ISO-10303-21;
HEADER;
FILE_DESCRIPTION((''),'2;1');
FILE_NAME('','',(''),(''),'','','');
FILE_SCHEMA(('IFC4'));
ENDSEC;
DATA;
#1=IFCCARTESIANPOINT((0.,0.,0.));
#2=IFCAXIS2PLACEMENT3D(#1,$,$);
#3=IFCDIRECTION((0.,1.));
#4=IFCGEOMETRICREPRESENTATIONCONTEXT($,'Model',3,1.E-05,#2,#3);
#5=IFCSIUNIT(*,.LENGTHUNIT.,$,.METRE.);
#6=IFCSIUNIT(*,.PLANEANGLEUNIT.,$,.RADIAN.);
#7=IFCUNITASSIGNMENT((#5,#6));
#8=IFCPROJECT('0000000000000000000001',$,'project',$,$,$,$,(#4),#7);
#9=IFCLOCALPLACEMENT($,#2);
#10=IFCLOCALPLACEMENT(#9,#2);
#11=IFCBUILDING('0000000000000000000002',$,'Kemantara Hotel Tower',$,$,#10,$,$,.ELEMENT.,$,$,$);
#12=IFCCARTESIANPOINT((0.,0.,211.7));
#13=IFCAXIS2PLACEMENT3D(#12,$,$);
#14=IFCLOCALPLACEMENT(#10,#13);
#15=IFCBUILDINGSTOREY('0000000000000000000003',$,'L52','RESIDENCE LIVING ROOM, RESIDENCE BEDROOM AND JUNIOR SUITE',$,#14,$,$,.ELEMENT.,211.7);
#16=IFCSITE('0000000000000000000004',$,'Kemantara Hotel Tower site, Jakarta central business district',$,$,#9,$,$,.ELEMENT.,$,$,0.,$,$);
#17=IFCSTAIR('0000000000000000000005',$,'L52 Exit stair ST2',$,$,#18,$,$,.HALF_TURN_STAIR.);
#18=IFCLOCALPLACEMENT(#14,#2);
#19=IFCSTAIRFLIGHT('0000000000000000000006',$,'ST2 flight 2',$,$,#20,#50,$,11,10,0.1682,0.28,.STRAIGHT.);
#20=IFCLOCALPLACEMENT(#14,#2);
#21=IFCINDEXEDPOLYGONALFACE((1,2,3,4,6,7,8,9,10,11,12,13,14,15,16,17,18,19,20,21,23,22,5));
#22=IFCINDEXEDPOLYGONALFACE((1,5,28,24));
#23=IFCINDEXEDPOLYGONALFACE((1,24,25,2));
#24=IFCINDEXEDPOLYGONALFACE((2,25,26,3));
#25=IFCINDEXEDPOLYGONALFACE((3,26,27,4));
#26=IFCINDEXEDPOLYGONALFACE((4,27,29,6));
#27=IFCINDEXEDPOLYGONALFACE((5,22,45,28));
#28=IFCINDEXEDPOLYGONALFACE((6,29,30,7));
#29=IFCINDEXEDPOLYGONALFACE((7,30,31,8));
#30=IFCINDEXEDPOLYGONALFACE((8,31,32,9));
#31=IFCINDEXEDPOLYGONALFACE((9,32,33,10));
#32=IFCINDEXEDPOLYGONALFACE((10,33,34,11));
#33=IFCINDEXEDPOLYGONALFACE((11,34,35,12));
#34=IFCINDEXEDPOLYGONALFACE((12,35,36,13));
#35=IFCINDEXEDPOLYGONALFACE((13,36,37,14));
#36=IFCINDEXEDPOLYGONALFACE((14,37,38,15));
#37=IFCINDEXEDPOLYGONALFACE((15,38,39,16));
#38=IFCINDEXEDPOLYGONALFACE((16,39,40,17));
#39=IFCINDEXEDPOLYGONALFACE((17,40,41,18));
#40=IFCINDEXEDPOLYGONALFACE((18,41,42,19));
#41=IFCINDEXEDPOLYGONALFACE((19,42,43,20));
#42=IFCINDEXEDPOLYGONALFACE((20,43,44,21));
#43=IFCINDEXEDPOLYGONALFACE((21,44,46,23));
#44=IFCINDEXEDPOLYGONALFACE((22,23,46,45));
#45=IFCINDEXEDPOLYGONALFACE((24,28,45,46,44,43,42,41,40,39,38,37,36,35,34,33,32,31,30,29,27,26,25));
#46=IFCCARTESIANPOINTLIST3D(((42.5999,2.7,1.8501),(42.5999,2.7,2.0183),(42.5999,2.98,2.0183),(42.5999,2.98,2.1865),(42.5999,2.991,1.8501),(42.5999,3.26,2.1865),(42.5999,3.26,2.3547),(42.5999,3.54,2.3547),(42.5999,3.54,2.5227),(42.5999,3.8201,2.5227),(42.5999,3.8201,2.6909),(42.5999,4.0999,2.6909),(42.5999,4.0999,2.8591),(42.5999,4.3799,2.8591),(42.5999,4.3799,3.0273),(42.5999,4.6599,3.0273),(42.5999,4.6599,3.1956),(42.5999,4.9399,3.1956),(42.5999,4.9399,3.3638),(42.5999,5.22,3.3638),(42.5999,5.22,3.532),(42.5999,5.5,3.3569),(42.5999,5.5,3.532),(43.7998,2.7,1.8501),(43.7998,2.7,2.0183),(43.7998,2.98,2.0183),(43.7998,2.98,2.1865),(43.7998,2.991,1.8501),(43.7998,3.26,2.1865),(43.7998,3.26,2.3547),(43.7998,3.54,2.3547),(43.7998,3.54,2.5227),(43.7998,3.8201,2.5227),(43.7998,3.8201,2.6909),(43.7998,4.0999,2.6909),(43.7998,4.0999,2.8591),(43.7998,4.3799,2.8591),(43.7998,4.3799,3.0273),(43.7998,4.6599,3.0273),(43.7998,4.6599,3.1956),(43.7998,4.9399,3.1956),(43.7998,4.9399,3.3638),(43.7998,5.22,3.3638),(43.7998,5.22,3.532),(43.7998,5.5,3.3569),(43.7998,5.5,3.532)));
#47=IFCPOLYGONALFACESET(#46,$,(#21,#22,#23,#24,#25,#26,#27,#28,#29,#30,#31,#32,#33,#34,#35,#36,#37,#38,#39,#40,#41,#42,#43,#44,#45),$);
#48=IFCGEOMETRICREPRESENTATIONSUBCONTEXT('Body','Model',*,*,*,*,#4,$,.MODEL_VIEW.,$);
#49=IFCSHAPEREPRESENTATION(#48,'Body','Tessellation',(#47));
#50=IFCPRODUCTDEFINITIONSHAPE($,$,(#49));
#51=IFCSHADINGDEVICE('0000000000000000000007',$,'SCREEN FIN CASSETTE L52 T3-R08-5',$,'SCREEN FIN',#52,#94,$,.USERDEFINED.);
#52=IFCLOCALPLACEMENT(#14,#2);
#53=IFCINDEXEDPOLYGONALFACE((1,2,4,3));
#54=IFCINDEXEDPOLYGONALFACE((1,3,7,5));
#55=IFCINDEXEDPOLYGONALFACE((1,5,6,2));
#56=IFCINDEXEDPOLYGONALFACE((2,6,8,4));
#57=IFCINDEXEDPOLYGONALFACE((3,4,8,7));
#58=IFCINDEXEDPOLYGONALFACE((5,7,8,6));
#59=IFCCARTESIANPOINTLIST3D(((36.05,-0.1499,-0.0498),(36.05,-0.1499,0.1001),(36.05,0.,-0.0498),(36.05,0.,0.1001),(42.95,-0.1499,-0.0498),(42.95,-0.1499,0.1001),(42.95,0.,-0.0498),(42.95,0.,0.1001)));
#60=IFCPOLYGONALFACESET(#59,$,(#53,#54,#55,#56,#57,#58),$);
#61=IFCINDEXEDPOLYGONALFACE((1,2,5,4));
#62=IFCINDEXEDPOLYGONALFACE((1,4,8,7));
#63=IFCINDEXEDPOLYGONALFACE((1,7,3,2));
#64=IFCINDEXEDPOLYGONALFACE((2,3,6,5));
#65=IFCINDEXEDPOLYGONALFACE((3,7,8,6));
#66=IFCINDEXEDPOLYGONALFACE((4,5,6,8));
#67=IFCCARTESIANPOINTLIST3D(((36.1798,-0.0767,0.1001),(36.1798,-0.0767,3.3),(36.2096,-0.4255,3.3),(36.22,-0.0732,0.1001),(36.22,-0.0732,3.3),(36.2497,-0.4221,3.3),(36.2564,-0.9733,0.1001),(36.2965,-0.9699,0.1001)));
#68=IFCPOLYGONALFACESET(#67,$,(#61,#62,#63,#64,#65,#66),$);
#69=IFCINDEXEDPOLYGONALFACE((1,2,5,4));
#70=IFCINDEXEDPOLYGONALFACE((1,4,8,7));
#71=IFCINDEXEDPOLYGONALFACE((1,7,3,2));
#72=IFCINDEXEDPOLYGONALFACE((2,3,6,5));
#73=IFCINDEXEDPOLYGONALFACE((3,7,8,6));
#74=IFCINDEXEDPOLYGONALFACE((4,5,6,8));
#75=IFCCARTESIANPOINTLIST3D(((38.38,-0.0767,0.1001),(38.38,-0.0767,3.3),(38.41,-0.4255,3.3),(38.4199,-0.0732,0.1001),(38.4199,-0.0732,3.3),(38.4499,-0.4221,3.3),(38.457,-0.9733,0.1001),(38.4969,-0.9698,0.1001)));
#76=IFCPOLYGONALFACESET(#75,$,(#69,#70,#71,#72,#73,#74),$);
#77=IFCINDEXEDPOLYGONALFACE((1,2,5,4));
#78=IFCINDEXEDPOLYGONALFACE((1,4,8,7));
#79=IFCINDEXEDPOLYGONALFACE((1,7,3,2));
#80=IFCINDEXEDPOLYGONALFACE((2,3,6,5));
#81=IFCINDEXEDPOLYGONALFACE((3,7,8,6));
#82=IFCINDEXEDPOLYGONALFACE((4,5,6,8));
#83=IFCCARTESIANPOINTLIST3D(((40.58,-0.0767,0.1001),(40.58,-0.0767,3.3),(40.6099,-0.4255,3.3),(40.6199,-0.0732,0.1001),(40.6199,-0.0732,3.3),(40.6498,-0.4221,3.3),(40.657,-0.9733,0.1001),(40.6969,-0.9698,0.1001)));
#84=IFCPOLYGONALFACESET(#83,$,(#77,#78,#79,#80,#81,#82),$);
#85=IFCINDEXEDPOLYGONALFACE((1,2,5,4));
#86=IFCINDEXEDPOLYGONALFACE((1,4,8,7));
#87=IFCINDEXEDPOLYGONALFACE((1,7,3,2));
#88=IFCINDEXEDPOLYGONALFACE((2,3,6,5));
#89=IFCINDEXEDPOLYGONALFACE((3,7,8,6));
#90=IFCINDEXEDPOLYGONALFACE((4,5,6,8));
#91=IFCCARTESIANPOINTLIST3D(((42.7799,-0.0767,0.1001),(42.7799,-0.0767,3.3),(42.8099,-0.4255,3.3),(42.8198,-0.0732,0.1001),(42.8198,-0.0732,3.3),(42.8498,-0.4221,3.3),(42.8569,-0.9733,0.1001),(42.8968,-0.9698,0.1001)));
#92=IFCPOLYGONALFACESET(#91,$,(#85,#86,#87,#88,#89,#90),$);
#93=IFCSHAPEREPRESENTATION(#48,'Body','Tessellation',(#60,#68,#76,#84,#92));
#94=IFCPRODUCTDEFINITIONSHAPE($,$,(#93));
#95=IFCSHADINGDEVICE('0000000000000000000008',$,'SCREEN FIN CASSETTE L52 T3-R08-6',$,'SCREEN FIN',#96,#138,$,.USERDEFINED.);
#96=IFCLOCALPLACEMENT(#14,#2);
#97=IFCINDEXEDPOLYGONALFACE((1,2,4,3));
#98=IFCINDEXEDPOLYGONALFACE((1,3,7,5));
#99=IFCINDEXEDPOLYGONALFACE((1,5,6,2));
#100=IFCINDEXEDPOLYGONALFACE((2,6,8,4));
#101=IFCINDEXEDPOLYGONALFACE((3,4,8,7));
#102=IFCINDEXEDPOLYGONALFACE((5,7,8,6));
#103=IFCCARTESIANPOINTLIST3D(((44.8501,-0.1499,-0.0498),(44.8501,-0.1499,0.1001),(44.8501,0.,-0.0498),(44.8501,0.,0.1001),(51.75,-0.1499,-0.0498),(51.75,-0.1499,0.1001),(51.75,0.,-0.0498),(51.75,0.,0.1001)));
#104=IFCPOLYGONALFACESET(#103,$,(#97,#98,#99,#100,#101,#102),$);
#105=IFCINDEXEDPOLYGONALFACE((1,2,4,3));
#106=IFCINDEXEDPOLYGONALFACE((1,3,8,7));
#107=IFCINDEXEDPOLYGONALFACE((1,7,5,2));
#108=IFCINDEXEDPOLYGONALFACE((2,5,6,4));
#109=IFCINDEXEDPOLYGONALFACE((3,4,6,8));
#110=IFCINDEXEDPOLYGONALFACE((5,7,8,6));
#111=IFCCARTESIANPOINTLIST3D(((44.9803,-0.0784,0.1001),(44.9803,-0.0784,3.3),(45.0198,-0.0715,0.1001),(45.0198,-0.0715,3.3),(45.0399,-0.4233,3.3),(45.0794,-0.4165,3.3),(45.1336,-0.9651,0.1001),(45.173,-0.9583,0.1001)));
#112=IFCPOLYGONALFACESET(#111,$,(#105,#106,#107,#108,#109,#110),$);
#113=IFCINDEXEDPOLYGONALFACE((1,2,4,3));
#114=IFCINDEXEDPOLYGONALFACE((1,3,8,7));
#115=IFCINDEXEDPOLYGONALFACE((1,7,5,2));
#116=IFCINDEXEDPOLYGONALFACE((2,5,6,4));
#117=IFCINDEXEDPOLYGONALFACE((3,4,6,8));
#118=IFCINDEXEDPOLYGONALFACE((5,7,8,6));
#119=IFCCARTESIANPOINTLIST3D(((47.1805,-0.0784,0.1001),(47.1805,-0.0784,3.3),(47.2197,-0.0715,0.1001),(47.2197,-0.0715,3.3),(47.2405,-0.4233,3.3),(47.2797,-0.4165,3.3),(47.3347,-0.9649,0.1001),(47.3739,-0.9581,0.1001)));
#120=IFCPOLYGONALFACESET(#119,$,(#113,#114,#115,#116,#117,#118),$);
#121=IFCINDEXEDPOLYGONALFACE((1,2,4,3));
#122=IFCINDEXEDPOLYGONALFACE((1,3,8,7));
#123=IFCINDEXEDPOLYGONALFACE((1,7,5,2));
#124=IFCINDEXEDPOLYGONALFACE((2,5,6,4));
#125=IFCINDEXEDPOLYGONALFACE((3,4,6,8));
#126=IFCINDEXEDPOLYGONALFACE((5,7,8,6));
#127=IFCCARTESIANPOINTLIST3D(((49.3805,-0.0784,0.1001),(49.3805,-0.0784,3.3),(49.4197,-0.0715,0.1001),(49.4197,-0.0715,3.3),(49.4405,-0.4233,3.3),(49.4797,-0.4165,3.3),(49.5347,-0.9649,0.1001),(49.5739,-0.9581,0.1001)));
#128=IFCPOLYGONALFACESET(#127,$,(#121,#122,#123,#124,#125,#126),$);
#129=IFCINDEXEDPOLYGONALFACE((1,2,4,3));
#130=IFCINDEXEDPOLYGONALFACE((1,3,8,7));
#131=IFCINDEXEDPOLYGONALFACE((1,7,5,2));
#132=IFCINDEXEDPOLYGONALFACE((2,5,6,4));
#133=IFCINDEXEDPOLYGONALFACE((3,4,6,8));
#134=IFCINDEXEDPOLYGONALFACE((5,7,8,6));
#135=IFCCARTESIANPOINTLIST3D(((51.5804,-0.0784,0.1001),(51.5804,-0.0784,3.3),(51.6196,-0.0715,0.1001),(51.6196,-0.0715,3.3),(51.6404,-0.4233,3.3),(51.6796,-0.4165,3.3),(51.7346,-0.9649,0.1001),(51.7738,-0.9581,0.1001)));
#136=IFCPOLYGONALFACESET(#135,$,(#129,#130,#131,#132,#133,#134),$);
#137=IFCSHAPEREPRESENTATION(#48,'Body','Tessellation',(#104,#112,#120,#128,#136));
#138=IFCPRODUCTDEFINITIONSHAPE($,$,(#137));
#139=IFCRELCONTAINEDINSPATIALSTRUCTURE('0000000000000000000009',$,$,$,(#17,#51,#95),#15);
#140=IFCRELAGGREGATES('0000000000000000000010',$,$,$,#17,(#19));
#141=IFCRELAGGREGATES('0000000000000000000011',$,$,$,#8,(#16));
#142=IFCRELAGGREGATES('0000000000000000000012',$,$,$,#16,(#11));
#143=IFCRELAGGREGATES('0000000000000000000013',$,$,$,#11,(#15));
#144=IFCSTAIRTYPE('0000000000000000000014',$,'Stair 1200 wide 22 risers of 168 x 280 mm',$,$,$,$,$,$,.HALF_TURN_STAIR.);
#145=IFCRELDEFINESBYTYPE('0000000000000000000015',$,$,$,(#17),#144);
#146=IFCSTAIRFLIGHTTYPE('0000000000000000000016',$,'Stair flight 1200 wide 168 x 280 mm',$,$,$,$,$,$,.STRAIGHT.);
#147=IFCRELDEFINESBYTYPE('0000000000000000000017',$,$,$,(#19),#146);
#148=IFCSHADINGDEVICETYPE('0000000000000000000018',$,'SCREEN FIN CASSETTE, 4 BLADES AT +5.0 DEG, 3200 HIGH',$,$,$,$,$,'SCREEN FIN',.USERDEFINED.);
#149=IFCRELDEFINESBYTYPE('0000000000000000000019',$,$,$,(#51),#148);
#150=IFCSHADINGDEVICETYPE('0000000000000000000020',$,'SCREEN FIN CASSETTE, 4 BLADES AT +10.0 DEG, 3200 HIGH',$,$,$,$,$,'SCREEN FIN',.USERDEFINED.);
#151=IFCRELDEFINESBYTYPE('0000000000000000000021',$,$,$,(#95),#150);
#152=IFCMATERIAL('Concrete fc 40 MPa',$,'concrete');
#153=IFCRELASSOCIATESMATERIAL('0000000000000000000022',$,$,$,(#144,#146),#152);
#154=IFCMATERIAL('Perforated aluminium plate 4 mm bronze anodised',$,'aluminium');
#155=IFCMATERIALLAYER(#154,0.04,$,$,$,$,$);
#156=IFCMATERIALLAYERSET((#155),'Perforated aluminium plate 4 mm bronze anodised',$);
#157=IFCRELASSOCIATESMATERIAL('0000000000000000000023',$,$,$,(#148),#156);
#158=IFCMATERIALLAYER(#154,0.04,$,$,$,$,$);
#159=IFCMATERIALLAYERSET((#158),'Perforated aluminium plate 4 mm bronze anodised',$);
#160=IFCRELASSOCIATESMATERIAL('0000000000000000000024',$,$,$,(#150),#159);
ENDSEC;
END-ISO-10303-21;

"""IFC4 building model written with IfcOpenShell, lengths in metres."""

from ifc_helpers import new_model, si_unit, direction, frame, origin, origin_2d, place, context, subcontext, project, spatial, polyline, rectangle, outline, extrude, source, transform, mapped, material, layer, layer_set, type_object, element, aggregate, save


model = new_model("IFC4")

# Units and contexts
model_context = context("Model", 3, precision=1e-05, world=origin(), true_north=direction((0.0, 1.0)))
body_context = subcontext(model_context, "Body", "Model", "MODEL_VIEW")
ifc_project = project(units=[si_unit("LENGTHUNIT", "METRE"), si_unit("PLANEANGLEUNIT", "RADIAN")], contexts=[model_context])

# Site, building, storey
site_placement = place(None, origin())
site = spatial("IfcSite", under=ifc_project, at=site_placement, Name="Kemantara Hotel Tower site, Jakarta central business district", CompositionType="ELEMENT", RefElevation=0.0)
building_placement = place(site_placement, origin())
building = spatial("IfcBuilding", under=site, at=building_placement, Name="Kemantara Hotel Tower", CompositionType="ELEMENT")
storey_placement = place(building_placement, frame((0.0, 0.0, 211.7)))
storey = spatial("IfcBuildingStorey", under=building, at=storey_placement, Name="L52", Description="RESIDENCE LIVING ROOM, RESIDENCE BEDROOM AND JUNIOR SUITE", CompositionType="ELEMENT", Elevation=211.7)

# Stair, stair flight
ifc_material_1 = material(Name="Concrete fc 40 MPa", Category="concrete")
stair_type = type_object("IfcStairType", Name="Stair 1200 wide 22 risers of 168 x 280 mm", PredefinedType="HALF_TURN_STAIR", material=ifc_material_1)
stair_placement = place(storey_placement, origin())
stair = element("IfcStair", 1, at=stair_placement, inside=storey, type_object=stair_type, Name="L52 Exit stair ST2", PredefinedType="HALF_TURN_STAIR")
stair_flight_type = type_object("IfcStairFlightType", Name="Stair flight 1200 wide 168 x 280 mm", PredefinedType="STRAIGHT", material=ifc_material_1)
stair_flight_1_placement = place(storey_placement, frame((43.2, 2.7, 1.8501), z_axis=(0.0, 0.0, 1.0), x_axis=(0.0, 1.0, 0.0)))
stair_flight_1 = element("IfcStairFlight", 2, at=stair_flight_1_placement, type_object=stair_flight_type, Name="ST2 flight 2", NumberOfRisers=11, NumberOfTreads=10, PredefinedType="STRAIGHT", RiserHeight=0.1682, TreadLength=0.28, context=body_context, shape_type="SweptSolid", body=[
    extrude(outline(polyline([(0.0, 0.0), (0.0, 0.1682), (0.28, 0.1682), (0.28, 0.3364), (0.5601, 0.3364), (0.5601, 0.5046), (0.8401, 0.5046), (0.8401, 0.6726), (1.1201, 0.6726), (1.1201, 0.8408), (1.3999, 0.8408), (1.3999, 1.009), (1.6799, 1.009), (1.6799, 1.1772), (1.96, 1.1772), (1.96, 1.3455), (2.24, 1.3455), (2.24, 1.5137), (2.52, 1.5137), (2.52, 1.6819), (2.8, 1.6819), (2.8, 1.8501), (2.8, 1.5068), (0.291, 0.0), (0.0, 0.0)])), frame((0.0, 0.6001, 0.0), z_axis=(0.0, -1.0, 0.0), x_axis=(1.0, 0.0, 0.0)), (0.0, 0.0, 1.0), 1.2),
])
aggregate(stair, [stair_flight_1])

# Shading devices
ifc_material_2 = material(Name="Perforated aluminium plate 4 mm bronze anodised", Category="aluminium")
ifc_layer_1 = layer(ifc_material_2, 0.04)
ifc_layer_set_1 = layer_set([ifc_layer_1], Name="Perforated aluminium plate 4 mm bronze anodised")
shading_device_type_1 = type_object("IfcShadingDeviceType", Name="SCREEN FIN CASSETTE, 4 BLADES AT +5.0 DEG, 3200 HIGH", ElementType="SCREEN FIN", PredefinedType="USERDEFINED", material=ifc_layer_set_1)
shared_shape_1 = source(origin(), body_context, "Body", "SweptSolid", [
    extrude(rectangle(XDim=6.8999, YDim=0.1499, at=origin_2d()), frame((3.3, -0.075, -0.1499), z_axis=(0.0, 0.0, 1.0), x_axis=(1.0, 0.0, 0.0)), (0.0, 0.0, 1.0), 0.1499),
    extrude(outline(polyline([(0.0, 0.0), (0.8999, 0.0), (0.3501, 3.2), (0.0, 3.2), (0.0, 0.0)])), frame((0.02, -0.0732, 0.0), z_axis=(-0.996376, -0.085056, 0.0), x_axis=(0.085056, -0.996376, 0.0)), (0.0, 0.0, 1.0), 0.0403),
    extrude(outline(polyline([(0.0, 0.0), (0.8999, 0.0), (0.3501, 3.2), (0.0, 3.2), (0.0, 0.0)])), frame((2.22, -0.0732, 0.0), z_axis=(-0.996332, -0.085575, 0.0), x_axis=(0.085575, -0.996332, 0.0)), (0.0, 0.0, 1.0), 0.04),
    extrude(outline(polyline([(0.0, 0.0), (0.8999, 0.0), (0.3501, 3.2), (0.0, 3.2), (0.0, 0.0)])), frame((4.4199, -0.0732, 0.0), z_axis=(-0.996332, -0.085575, 0.0), x_axis=(0.085575, -0.996332, 0.0)), (0.0, 0.0, 1.0), 0.04),
    extrude(outline(polyline([(0.0, 0.0), (0.8999, 0.0), (0.3501, 3.2), (0.0, 3.2), (0.0, 0.0)])), frame((6.6199, -0.0732, 0.0), z_axis=(-0.996332, -0.085575, 0.0), x_axis=(0.085575, -0.996332, 0.0)), (0.0, 0.0, 1.0), 0.04),
])
shading_device_1_placement = place(storey_placement, frame((36.2, 0.0, 0.1001), z_axis=(0.0, 0.0, 1.0), x_axis=(1.0, 0.0, 0.0)))
element("IfcShadingDevice", 3, at=shading_device_1_placement, inside=storey, type_object=shading_device_type_1, Name="SCREEN FIN CASSETTE L52 T3-R08-5", ObjectType="SCREEN FIN", PredefinedType="USERDEFINED", context=body_context, shape_type="MappedRepresentation", body=[
    mapped(shared_shape_1, transform((0.0, 0.0, 0.0))),
])
ifc_layer_2 = layer(ifc_material_2, 0.04)
ifc_layer_set_2 = layer_set([ifc_layer_2], Name="Perforated aluminium plate 4 mm bronze anodised")
shading_device_type_2 = type_object("IfcShadingDeviceType", Name="SCREEN FIN CASSETTE, 4 BLADES AT +10.0 DEG, 3200 HIGH", ElementType="SCREEN FIN", PredefinedType="USERDEFINED", material=ifc_layer_set_2)
shared_shape_2 = source(origin(), body_context, "Body", "SweptSolid", [
    extrude(rectangle(XDim=6.8999, YDim=0.1499, at=origin_2d()), frame((3.3, -0.075, -0.1499), z_axis=(0.0, 0.0, 1.0), x_axis=(1.0, 0.0, 0.0)), (0.0, 0.0, 1.0), 0.1499),
    extrude(outline(polyline([(0.0, 0.0), (0.8999, 0.0), (0.3501, 3.2), (0.0, 3.2), (0.0, 0.0)])), frame((0.0198, -0.0715, 0.0), z_axis=(-0.98539, -0.170314, 0.0), x_axis=(0.170314, -0.98539, 0.0)), (0.0, 0.0, 1.0), 0.04),
    extrude(outline(polyline([(0.0, 0.0), (0.8999, 0.0), (0.3501, 3.2), (0.0, 3.2), (0.0, 0.0)])), frame((2.2197, -0.0715, 0.0), z_axis=(-0.985212, -0.171341, 0.0), x_axis=(0.171341, -0.985212, 0.0)), (0.0, 0.0, 1.0), 0.0398),
    extrude(outline(polyline([(0.0, 0.0), (0.8999, 0.0), (0.3501, 3.2), (0.0, 3.2), (0.0, 0.0)])), frame((4.4197, -0.0715, 0.0), z_axis=(-0.985212, -0.171341, 0.0), x_axis=(0.171341, -0.985212, 0.0)), (0.0, 0.0, 1.0), 0.0398),
    extrude(outline(polyline([(0.0, 0.0), (0.8999, 0.0), (0.3501, 3.2), (0.0, 3.2), (0.0, 0.0)])), frame((6.6196, -0.0715, 0.0), z_axis=(-0.985212, -0.171341, 0.0), x_axis=(0.171341, -0.985212, 0.0)), (0.0, 0.0, 1.0), 0.0398),
])
shading_device_2_placement = place(storey_placement, frame((45.0, 0.0, 0.1001), z_axis=(0.0, 0.0, 1.0), x_axis=(1.0, 0.0, 0.0)))
element("IfcShadingDevice", 4, at=shading_device_2_placement, inside=storey, type_object=shading_device_type_2, Name="SCREEN FIN CASSETTE L52 T3-R08-6", ObjectType="SCREEN FIN", PredefinedType="USERDEFINED", context=body_context, shape_type="MappedRepresentation", body=[
    mapped(shared_shape_2, transform((0.0, 0.0, 0.0))),
])

save(model, "model.ifc")
